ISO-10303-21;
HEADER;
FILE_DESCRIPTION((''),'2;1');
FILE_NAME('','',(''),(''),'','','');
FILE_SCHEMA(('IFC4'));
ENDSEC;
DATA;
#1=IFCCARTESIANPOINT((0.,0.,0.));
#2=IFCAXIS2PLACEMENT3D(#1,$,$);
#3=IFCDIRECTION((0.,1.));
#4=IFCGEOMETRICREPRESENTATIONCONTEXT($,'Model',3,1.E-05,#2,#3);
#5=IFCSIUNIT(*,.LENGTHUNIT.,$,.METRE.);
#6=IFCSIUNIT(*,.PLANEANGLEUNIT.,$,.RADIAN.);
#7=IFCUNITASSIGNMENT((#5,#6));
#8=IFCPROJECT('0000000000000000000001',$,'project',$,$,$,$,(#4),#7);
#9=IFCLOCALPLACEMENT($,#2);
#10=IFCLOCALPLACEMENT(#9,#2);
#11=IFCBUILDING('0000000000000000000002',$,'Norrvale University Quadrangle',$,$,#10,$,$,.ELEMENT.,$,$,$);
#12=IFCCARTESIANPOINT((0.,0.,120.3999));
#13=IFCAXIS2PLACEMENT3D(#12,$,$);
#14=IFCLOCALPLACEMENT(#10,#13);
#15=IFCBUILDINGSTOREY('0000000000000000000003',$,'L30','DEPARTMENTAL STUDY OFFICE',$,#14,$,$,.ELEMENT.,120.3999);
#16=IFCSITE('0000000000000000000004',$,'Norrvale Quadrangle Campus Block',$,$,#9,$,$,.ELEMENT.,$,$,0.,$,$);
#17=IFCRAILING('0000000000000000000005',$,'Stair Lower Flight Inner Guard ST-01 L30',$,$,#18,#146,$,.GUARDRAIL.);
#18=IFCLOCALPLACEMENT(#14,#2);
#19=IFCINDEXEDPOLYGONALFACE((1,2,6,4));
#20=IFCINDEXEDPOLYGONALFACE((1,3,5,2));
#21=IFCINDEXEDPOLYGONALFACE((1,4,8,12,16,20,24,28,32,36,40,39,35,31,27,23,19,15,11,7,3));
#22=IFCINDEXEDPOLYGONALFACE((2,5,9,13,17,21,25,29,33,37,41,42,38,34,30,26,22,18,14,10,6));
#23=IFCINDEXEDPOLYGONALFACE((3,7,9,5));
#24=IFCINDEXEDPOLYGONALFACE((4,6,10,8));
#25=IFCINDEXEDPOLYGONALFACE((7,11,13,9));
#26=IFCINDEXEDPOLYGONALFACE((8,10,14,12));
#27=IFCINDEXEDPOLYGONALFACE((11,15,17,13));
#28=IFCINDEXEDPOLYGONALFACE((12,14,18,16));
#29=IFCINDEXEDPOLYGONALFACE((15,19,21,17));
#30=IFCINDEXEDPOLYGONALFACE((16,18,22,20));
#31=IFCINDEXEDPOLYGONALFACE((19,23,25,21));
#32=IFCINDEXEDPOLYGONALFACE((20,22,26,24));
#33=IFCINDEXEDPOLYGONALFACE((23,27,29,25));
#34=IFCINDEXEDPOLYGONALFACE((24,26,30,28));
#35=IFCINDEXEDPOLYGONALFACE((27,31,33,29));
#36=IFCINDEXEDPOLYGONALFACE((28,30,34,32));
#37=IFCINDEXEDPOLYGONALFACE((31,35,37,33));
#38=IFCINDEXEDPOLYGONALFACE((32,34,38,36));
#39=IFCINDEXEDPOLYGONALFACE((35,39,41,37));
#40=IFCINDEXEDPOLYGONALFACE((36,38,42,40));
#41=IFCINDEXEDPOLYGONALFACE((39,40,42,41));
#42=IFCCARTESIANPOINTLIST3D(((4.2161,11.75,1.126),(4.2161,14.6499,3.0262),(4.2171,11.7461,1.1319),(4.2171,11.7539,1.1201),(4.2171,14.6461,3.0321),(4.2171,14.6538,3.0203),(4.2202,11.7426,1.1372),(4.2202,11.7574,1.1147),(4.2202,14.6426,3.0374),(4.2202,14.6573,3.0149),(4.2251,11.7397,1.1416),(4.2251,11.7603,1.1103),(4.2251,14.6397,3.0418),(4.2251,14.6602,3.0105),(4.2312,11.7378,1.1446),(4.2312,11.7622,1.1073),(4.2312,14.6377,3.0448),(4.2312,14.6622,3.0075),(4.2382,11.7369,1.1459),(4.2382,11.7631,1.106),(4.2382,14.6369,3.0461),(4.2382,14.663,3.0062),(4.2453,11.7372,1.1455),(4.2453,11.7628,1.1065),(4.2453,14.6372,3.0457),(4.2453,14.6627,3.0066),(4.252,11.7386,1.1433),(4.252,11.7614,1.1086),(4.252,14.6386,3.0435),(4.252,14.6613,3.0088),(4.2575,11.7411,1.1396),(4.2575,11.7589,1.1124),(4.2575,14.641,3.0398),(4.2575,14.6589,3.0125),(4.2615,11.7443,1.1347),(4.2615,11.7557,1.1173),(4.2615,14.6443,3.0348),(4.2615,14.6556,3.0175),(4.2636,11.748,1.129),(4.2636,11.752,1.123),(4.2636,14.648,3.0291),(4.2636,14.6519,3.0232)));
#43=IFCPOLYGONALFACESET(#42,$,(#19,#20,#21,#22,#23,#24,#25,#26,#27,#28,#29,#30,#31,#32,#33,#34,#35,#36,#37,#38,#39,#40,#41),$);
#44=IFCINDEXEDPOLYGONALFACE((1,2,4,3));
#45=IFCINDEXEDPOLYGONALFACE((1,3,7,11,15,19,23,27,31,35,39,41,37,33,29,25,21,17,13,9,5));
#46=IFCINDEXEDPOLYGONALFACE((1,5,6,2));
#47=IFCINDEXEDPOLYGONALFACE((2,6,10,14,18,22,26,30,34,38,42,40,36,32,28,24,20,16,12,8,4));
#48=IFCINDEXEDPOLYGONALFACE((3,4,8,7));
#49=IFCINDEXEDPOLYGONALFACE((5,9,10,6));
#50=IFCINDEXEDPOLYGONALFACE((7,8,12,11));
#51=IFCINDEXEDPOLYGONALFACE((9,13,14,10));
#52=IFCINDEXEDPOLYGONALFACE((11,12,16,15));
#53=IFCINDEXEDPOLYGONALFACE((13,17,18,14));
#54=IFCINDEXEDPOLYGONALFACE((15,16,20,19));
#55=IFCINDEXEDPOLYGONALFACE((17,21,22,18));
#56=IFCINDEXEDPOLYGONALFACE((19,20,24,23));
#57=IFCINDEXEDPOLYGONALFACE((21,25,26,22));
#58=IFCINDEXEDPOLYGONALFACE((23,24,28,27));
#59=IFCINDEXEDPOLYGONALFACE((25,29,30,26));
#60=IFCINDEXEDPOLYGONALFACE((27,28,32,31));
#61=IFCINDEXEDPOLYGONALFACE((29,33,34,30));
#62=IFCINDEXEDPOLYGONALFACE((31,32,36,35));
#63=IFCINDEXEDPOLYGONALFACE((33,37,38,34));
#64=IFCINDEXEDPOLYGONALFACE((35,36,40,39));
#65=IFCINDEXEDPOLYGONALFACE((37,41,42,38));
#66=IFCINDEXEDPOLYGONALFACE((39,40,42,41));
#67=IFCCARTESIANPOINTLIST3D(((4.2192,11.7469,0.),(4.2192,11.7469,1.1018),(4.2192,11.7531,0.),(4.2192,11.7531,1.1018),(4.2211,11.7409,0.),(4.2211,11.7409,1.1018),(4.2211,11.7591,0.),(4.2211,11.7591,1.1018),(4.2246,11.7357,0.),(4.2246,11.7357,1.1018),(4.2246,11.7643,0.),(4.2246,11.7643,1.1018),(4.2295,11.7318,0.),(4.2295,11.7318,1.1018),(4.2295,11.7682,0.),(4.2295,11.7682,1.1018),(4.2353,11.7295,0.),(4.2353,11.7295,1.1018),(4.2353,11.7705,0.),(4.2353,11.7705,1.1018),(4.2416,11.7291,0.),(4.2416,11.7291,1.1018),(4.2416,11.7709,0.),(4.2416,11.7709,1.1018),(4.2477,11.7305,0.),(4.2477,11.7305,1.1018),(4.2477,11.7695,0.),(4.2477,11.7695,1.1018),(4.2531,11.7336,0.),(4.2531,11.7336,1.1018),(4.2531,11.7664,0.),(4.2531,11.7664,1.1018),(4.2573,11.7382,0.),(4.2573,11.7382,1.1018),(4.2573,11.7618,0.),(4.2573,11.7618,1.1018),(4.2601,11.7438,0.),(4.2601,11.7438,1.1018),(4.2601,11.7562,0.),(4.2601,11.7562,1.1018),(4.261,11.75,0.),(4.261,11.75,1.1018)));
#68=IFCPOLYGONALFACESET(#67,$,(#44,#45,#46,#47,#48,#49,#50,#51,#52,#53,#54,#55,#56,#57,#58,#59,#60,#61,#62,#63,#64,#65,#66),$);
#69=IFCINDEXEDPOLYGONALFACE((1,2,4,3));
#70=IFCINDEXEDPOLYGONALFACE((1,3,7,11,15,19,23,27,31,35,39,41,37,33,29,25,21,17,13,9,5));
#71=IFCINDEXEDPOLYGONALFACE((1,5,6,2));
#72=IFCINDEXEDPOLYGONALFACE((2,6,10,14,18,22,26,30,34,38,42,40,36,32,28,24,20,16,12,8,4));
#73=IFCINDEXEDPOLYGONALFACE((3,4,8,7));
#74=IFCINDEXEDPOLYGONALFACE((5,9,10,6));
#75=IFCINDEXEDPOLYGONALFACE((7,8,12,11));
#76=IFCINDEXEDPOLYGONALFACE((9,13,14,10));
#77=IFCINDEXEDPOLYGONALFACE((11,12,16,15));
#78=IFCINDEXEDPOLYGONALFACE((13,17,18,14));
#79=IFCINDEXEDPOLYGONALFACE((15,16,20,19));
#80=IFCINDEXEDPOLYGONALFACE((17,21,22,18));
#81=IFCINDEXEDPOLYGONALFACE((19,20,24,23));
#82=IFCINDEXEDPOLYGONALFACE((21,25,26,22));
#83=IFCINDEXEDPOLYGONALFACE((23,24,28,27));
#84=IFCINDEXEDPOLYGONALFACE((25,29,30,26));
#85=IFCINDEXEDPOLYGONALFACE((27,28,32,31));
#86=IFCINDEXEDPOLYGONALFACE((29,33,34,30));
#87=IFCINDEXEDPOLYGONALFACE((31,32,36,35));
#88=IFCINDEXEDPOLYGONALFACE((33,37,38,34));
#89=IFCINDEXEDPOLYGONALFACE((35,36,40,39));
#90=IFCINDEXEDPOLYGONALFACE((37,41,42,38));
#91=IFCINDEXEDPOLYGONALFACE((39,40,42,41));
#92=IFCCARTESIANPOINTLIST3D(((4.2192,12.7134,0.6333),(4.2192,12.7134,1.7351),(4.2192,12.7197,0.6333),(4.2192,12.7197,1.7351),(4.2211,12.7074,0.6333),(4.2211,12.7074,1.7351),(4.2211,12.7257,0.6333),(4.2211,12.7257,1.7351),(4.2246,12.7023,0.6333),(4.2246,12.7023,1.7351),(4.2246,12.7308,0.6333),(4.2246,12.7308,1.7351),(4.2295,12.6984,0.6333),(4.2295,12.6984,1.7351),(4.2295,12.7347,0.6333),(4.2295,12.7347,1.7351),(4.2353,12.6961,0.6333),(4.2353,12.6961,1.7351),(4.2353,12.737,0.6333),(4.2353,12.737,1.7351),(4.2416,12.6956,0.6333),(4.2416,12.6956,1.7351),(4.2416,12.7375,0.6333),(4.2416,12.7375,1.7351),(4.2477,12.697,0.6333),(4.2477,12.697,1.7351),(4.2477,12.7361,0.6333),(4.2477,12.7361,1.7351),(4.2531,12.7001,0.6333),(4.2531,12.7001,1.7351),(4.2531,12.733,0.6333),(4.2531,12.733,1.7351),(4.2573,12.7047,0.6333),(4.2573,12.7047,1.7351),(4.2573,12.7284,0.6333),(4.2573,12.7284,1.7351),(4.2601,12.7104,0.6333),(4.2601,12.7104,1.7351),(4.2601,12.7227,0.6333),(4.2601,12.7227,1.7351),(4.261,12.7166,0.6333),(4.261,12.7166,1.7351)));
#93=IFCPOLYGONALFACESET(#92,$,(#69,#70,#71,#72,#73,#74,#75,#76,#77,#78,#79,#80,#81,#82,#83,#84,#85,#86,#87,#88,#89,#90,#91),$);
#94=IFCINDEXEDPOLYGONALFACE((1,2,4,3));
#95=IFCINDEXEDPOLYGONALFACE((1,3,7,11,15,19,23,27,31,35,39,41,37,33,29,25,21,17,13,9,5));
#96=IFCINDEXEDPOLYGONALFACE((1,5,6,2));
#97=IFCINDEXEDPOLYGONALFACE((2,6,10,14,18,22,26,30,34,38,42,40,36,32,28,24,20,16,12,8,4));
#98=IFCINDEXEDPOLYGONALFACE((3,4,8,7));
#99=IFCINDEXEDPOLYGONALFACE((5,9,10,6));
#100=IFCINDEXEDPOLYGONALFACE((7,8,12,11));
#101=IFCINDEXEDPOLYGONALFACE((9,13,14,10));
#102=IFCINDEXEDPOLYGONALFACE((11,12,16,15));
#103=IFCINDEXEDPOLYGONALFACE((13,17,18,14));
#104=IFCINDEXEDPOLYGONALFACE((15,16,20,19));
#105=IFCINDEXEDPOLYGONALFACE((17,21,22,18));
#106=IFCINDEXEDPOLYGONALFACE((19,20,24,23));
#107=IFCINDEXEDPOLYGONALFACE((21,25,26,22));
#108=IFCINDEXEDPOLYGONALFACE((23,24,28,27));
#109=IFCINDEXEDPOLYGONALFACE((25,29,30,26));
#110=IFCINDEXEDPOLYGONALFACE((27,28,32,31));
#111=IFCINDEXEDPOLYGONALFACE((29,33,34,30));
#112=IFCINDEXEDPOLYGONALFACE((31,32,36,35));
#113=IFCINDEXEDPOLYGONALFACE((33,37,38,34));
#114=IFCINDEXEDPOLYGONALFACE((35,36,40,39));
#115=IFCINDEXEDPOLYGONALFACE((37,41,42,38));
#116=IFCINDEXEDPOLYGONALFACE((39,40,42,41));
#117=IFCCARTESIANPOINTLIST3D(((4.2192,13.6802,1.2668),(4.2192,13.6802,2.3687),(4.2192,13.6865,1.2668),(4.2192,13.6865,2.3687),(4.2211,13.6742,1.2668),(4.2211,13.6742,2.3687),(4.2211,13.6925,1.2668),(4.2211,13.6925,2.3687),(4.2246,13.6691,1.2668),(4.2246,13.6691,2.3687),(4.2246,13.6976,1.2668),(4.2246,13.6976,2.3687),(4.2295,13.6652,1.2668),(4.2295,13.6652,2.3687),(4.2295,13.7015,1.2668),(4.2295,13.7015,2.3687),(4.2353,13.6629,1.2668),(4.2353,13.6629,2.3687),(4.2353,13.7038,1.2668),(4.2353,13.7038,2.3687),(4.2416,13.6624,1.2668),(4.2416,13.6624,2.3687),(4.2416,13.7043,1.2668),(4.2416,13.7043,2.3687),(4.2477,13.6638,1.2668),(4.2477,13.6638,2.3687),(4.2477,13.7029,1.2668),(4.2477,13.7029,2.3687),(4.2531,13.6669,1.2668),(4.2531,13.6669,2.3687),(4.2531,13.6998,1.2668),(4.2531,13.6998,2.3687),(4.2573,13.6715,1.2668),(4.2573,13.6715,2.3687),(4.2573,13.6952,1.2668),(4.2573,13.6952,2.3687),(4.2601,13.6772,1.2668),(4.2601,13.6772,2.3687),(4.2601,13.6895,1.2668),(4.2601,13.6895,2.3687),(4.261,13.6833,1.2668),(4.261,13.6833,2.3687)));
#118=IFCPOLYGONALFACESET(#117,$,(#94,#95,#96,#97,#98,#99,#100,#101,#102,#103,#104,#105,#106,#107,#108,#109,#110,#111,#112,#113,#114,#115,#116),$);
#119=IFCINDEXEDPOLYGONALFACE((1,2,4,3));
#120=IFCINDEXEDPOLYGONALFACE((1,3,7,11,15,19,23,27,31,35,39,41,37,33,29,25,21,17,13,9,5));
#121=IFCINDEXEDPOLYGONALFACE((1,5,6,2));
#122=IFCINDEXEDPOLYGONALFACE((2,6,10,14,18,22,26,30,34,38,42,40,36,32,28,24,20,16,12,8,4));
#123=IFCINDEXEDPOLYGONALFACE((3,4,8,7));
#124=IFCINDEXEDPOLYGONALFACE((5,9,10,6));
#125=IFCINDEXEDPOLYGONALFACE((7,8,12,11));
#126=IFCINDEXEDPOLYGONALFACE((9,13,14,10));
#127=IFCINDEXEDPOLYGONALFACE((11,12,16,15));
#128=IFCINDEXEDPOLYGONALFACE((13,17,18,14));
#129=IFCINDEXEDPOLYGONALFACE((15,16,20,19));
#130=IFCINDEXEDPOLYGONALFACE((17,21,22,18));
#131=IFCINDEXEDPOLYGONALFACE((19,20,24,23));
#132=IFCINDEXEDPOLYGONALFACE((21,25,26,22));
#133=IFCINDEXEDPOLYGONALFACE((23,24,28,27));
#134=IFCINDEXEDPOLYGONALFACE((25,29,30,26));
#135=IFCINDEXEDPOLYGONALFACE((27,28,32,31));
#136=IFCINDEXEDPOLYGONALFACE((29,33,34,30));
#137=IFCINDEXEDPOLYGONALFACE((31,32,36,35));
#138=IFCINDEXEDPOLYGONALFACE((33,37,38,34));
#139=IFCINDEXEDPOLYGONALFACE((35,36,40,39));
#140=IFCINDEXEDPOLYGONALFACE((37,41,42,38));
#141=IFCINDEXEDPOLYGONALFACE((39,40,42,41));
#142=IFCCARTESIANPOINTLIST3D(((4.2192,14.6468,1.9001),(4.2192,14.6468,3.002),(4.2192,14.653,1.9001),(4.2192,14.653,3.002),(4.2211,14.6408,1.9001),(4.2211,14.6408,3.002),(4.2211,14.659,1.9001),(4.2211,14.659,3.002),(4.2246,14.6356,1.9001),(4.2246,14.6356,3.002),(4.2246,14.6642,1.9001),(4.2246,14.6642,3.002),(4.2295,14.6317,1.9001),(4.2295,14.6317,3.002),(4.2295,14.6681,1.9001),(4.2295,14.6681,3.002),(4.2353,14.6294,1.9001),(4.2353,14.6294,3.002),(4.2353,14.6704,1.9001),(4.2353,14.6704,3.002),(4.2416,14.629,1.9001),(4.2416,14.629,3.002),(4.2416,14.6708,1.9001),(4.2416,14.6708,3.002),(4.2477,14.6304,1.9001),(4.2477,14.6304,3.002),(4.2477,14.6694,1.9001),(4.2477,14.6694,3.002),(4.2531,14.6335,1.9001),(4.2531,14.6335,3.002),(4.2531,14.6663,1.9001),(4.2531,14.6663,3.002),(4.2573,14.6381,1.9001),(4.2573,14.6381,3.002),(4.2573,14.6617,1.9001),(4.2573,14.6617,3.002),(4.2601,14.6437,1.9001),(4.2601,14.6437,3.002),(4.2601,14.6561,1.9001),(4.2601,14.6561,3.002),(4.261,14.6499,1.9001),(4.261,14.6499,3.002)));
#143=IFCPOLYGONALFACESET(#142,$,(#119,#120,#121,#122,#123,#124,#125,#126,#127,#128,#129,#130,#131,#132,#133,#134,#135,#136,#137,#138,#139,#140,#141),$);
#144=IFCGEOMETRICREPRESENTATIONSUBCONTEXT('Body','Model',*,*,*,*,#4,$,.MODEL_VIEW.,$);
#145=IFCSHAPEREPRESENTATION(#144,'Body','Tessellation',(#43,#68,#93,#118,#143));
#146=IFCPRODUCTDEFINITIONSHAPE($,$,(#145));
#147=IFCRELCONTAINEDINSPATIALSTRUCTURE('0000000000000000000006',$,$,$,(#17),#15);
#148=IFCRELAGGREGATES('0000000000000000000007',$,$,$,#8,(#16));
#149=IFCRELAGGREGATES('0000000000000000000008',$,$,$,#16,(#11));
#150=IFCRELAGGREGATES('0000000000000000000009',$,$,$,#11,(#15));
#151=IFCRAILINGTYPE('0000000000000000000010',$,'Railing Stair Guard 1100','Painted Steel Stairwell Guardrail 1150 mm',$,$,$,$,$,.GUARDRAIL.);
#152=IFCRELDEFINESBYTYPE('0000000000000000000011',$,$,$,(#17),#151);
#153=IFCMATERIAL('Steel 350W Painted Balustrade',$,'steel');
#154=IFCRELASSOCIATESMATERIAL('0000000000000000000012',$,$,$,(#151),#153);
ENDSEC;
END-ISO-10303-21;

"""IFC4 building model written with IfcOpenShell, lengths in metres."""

from ifc_helpers import new_model, si_unit, direction, frame, origin, origin_2d, place, context, subcontext, project, spatial, circle, extrude, material, type_object, element, save


model = new_model("IFC4")

# Units and contexts
model_context = context("Model", 3, precision=1e-05, world=origin(), true_north=direction((0.0, 1.0)))
body_context = subcontext(model_context, "Body", "Model", "MODEL_VIEW")
ifc_project = project(units=[si_unit("LENGTHUNIT", "METRE"), si_unit("PLANEANGLEUNIT", "RADIAN")], contexts=[model_context])

# Site, building, storey
site_placement = place(None, origin())
site = spatial("IfcSite", under=ifc_project, at=site_placement, Name="Norrvale Quadrangle Campus Block", CompositionType="ELEMENT", RefElevation=0.0)
building_placement = place(site_placement, origin())
building = spatial("IfcBuilding", under=site, at=building_placement, Name="Norrvale University Quadrangle", CompositionType="ELEMENT")
storey_placement = place(building_placement, frame((0.0, 0.0, 120.3999)))
storey = spatial("IfcBuildingStorey", under=building, at=storey_placement, Name="L30", Description="DEPARTMENTAL STUDY OFFICE", CompositionType="ELEMENT", Elevation=120.3999)

# Railing
ifc_material_1 = material(Name="Steel 350W Painted Balustrade", Category="steel")
railing_type_1 = type_object("IfcRailingType", Name="Railing Stair Guard 1100", Description="Painted Steel Stairwell Guardrail 1150 mm", PredefinedType="GUARDRAIL", material=ifc_material_1)
railing_1_placement = place(storey_placement, frame((4.24, 11.75, 0.0)))
element("IfcRailing", 1, at=railing_1_placement, inside=storey, type_object=railing_type_1, Name="Stair Lower Flight Inner Guard ST-01 L30", PredefinedType="GUARDRAIL", context=body_context, shape_type="SweptSolid", body=[
    extrude(circle(Radius=0.0239, at=origin_2d()), frame((0.0, 0.0, 1.126), z_axis=(0.0, 0.836433, 0.548069), x_axis=(-1.0, 0.0, 0.0)), (0.0, 0.0, 1.0), 3.467),
    extrude(circle(Radius=0.021, at=origin_2d()), origin(), (0.0, 0.0, 1.0), 1.1018),
    extrude(circle(Radius=0.021, at=origin_2d()), frame((0.0, 0.9666, 0.6333)), (0.0, 0.0, 1.0), 1.1018),
    extrude(circle(Radius=0.021, at=origin_2d()), frame((0.0, 1.9333, 1.2668)), (0.0, 0.0, 1.0), 1.1018),
    extrude(circle(Radius=0.021, at=origin_2d()), frame((0.0, 2.8999, 1.9001)), (0.0, 0.0, 1.0), 1.1018),
])

save(model, "model.ifc")
